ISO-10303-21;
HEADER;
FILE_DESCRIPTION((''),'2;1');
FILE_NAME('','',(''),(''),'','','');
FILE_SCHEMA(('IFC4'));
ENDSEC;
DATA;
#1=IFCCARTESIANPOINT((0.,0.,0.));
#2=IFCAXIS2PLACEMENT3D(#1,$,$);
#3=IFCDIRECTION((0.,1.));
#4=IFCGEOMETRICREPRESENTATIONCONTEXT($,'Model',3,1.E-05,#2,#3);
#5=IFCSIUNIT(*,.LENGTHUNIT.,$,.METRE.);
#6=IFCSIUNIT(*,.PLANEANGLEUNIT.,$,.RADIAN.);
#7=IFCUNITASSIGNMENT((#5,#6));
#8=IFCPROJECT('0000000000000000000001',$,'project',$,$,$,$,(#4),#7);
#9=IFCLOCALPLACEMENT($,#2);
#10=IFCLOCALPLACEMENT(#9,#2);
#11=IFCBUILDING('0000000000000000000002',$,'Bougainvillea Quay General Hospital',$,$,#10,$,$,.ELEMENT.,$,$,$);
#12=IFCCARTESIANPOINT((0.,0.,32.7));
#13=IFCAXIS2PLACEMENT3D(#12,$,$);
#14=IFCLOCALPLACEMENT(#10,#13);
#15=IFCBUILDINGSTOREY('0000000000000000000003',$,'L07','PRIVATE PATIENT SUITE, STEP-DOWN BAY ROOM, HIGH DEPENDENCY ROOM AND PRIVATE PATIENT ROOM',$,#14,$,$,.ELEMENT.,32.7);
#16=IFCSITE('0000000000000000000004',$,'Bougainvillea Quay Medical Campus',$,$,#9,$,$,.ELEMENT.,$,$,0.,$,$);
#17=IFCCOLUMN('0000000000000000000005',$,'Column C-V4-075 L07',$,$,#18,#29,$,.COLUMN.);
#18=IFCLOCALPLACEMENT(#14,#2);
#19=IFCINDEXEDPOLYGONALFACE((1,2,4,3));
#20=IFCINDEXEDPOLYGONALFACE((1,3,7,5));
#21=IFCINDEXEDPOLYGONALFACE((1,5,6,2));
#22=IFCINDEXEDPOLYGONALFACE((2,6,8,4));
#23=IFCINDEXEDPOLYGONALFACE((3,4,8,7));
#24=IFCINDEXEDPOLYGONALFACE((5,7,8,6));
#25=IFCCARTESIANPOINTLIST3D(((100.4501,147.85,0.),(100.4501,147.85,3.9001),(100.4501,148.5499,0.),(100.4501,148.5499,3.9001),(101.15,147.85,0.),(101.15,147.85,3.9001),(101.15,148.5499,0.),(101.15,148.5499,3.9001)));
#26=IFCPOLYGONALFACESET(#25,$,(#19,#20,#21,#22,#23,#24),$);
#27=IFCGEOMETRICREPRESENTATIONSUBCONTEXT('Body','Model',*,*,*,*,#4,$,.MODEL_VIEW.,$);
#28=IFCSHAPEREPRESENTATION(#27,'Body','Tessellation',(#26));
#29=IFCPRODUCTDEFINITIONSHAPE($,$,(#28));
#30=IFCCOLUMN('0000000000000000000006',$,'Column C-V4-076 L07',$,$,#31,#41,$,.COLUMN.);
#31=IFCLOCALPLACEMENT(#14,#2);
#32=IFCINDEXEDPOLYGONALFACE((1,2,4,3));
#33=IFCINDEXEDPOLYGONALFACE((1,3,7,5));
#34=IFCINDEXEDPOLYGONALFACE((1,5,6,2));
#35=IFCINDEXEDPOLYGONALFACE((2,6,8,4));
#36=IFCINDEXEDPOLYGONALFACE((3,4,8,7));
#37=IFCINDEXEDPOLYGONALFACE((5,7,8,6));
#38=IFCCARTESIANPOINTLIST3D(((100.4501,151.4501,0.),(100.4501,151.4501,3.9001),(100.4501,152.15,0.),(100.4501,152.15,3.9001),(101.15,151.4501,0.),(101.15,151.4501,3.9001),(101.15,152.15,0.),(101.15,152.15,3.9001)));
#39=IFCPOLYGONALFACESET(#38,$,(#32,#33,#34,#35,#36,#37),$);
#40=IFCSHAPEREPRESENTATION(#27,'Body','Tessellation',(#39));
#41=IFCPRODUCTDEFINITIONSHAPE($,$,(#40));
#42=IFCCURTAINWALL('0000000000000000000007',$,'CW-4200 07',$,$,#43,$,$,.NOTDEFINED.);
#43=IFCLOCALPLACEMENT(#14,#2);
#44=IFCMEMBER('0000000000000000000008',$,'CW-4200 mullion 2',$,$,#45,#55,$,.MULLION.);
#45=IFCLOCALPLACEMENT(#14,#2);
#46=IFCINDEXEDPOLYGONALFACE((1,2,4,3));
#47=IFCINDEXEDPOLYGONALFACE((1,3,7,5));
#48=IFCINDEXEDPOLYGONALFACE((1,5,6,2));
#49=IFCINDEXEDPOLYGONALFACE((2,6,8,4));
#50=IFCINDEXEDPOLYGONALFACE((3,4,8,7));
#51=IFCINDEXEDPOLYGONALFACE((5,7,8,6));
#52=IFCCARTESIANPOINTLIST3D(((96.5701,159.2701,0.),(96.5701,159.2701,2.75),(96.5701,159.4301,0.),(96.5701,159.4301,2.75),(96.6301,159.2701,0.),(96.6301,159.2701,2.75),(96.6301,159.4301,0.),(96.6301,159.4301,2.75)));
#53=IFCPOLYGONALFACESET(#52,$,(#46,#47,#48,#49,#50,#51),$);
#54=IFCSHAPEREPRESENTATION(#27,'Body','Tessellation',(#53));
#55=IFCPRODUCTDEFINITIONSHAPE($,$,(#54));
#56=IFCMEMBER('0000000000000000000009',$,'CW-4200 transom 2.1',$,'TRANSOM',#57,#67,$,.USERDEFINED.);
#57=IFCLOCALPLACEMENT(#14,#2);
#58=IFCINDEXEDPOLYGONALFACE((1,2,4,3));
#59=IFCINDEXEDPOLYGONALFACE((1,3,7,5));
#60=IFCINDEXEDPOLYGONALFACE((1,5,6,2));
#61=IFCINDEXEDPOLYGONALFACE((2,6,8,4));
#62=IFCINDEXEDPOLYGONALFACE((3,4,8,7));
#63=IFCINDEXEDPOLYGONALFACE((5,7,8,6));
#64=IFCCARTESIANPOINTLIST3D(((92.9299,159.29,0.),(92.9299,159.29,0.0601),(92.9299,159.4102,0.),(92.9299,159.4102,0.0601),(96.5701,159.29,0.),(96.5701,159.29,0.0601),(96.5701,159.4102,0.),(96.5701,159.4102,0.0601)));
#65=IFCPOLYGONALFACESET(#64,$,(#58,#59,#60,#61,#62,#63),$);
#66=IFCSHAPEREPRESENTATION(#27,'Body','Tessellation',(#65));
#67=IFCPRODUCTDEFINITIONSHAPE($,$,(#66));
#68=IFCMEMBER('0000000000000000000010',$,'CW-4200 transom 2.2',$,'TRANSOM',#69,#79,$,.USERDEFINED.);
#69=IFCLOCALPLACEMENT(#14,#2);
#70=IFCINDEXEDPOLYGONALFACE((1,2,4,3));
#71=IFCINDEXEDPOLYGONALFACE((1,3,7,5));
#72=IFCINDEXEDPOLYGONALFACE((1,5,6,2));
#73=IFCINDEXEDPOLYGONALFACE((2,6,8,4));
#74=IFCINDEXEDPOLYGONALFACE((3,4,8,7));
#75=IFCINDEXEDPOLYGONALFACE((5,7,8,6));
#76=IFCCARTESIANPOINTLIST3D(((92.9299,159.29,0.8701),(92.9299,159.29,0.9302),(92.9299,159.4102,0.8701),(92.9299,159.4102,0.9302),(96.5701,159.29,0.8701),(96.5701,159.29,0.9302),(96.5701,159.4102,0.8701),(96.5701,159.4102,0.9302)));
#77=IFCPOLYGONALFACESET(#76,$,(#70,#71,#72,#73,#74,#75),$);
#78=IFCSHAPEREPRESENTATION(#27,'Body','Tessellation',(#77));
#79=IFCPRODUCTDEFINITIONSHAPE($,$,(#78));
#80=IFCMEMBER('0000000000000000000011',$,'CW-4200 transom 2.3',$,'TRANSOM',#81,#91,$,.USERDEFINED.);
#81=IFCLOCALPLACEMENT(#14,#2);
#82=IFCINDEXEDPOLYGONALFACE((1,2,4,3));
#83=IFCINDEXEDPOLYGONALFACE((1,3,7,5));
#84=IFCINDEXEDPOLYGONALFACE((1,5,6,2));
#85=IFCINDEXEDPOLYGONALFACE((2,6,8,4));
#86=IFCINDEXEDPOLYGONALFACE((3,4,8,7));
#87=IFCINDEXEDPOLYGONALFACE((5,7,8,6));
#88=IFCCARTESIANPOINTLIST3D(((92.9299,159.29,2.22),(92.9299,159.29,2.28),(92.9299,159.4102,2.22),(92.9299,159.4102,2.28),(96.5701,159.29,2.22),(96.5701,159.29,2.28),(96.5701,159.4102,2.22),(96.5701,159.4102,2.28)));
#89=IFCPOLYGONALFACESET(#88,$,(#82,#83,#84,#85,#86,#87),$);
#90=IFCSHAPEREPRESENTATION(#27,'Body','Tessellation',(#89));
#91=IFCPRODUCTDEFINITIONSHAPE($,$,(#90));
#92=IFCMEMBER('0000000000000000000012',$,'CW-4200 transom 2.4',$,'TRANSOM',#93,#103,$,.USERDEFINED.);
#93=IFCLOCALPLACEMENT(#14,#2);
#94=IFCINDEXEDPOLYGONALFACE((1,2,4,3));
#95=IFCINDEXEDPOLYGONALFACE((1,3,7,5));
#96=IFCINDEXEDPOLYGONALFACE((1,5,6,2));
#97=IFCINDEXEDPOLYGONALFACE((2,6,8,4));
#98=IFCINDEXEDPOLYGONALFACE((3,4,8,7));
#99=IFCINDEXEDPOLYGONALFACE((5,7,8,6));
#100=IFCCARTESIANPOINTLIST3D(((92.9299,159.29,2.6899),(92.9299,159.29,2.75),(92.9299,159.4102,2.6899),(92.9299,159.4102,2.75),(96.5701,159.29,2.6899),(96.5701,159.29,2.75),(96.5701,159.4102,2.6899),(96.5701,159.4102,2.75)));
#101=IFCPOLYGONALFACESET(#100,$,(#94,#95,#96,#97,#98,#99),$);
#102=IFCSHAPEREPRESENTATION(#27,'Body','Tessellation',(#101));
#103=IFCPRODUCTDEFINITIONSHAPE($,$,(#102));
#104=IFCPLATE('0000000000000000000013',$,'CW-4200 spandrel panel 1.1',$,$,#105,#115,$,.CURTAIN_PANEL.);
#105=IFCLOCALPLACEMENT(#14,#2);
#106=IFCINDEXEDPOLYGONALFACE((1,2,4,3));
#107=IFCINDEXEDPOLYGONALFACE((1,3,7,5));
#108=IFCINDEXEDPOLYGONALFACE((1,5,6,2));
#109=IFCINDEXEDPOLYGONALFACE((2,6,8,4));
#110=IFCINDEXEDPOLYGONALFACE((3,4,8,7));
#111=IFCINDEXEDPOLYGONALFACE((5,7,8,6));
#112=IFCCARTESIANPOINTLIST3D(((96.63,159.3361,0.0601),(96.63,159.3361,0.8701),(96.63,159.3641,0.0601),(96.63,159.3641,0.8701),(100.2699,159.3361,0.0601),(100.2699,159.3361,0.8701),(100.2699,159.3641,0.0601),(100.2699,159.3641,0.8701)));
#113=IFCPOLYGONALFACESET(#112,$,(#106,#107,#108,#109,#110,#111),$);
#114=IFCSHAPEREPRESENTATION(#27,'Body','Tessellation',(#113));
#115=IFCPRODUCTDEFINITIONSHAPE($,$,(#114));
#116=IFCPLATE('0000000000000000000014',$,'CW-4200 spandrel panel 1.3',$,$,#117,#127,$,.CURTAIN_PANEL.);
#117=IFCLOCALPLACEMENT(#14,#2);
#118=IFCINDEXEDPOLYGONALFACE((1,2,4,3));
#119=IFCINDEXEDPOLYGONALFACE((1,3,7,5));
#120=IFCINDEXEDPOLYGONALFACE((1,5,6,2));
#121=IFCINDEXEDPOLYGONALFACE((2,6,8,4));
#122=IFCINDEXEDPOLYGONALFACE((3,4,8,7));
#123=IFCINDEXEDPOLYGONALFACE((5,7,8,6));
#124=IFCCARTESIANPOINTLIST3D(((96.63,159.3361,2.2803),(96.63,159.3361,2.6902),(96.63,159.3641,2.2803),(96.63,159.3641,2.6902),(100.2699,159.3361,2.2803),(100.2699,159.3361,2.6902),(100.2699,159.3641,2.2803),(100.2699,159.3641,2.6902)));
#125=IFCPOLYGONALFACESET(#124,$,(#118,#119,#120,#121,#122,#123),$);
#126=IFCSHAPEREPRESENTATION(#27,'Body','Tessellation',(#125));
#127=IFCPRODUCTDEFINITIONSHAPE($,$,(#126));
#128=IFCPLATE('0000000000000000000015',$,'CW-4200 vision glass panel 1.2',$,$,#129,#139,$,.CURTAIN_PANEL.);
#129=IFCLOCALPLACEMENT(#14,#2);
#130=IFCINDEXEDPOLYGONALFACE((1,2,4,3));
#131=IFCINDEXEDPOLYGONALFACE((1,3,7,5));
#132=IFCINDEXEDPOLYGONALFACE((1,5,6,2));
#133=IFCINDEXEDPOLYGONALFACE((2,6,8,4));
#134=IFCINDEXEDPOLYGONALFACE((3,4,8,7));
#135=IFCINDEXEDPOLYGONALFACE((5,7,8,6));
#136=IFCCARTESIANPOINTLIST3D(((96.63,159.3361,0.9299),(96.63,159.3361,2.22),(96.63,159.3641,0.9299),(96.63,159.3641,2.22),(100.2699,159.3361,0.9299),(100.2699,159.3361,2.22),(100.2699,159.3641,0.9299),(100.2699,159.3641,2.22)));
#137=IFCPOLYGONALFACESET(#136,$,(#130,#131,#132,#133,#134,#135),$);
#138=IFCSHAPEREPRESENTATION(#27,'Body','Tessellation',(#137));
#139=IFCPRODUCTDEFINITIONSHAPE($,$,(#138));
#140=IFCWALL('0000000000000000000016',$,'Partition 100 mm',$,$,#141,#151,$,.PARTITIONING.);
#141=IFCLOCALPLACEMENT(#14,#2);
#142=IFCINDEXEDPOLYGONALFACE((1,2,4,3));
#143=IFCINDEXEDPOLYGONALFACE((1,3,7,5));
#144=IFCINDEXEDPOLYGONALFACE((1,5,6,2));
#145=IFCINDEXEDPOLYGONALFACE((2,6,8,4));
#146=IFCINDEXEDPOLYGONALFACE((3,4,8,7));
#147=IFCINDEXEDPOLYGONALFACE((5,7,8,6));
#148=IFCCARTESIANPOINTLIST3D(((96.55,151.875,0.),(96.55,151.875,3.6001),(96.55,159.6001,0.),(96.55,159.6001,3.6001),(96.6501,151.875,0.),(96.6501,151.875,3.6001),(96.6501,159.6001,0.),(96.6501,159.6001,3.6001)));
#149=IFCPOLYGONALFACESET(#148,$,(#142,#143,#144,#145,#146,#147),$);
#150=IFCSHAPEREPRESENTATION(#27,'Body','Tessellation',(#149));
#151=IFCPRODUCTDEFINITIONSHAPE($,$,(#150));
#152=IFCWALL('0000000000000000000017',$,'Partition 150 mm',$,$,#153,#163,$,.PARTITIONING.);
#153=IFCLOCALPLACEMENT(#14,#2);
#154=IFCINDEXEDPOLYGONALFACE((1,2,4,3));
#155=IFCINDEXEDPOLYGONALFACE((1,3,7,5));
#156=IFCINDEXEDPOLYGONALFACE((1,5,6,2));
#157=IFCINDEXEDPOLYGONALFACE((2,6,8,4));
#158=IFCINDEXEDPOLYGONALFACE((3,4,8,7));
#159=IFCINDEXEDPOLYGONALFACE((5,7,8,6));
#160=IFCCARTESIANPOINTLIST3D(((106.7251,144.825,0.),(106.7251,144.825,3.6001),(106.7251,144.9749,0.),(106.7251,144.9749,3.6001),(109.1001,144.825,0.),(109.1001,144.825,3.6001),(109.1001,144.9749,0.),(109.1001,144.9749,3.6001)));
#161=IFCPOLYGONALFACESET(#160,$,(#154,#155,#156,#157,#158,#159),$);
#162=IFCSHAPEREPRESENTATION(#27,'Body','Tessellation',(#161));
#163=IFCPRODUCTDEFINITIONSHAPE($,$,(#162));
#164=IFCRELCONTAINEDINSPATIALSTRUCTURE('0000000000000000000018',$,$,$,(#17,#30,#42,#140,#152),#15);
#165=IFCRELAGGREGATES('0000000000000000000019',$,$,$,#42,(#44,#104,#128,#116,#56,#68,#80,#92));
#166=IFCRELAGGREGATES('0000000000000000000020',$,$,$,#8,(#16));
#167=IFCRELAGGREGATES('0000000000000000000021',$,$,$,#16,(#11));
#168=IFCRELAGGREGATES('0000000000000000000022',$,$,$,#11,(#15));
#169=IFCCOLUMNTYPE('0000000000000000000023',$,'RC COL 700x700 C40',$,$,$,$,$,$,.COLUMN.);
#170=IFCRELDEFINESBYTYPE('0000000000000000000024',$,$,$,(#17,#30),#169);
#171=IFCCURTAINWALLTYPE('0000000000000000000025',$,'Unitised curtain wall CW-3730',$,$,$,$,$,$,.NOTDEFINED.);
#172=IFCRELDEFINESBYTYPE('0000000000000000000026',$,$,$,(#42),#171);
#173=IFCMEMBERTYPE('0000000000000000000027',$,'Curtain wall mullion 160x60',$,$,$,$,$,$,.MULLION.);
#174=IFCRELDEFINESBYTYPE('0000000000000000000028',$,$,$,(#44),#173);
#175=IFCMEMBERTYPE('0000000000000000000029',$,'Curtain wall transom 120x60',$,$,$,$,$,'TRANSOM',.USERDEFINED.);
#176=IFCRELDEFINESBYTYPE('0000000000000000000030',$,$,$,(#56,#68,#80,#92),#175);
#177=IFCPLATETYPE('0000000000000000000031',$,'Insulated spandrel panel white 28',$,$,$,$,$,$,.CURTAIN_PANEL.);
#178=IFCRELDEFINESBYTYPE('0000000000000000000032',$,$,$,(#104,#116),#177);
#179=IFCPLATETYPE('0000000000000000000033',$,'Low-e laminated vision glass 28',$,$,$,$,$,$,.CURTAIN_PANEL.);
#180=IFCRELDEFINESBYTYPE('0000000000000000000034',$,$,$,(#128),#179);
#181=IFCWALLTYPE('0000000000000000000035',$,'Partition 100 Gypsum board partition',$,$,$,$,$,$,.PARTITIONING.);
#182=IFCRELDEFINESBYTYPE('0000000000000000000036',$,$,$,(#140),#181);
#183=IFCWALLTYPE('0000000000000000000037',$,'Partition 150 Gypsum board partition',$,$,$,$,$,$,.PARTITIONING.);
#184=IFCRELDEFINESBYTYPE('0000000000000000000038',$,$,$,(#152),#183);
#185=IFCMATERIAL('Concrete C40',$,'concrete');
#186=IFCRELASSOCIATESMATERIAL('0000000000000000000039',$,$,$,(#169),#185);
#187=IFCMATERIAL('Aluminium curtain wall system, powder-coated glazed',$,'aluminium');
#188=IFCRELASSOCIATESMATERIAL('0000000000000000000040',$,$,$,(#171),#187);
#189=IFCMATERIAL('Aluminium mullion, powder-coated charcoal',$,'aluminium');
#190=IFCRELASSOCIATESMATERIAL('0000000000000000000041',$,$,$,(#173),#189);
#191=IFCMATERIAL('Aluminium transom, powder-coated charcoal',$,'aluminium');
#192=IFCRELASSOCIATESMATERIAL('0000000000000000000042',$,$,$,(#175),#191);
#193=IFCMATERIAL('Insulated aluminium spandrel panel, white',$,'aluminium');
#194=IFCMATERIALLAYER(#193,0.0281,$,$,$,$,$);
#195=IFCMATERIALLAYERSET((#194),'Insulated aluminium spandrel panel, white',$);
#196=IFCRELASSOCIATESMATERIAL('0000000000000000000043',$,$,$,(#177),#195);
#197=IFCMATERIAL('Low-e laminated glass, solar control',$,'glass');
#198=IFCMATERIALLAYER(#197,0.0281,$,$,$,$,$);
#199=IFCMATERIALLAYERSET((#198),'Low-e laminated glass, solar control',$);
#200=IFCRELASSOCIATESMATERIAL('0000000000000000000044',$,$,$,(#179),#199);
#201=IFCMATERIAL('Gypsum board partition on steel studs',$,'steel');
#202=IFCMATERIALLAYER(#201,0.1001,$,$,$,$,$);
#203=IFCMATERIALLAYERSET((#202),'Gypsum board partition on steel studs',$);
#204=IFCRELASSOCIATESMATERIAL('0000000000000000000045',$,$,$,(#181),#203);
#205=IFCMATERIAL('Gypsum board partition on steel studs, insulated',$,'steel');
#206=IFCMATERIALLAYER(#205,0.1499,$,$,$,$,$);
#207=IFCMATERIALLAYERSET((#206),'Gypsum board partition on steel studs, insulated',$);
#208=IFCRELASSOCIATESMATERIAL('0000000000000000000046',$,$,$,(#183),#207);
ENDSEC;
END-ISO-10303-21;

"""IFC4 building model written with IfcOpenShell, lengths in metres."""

from ifc_helpers import new_model, si_unit, direction, frame, frame_2d, origin, origin_2d, place, context, subcontext, project, spatial, rectangle, extrude, material, layer, layer_set, material_profile, profile_set, type_object, element, aggregate, save


model = new_model("IFC4")

# Units and contexts
model_context = context("Model", 3, precision=1e-05, world=origin(), true_north=direction((0.0, 1.0)))
body_context = subcontext(model_context, "Body", "Model", "MODEL_VIEW")
ifc_project = project(units=[si_unit("LENGTHUNIT", "METRE"), si_unit("PLANEANGLEUNIT", "RADIAN")], contexts=[model_context])

# Site, building, storey
site_placement = place(None, origin())
site = spatial("IfcSite", under=ifc_project, at=site_placement, Name="Bougainvillea Quay Medical Campus", CompositionType="ELEMENT", RefElevation=0.0)
building_placement = place(site_placement, origin())
building = spatial("IfcBuilding", under=site, at=building_placement, Name="Bougainvillea Quay General Hospital", CompositionType="ELEMENT")
storey_placement = place(building_placement, frame((0.0, 0.0, 32.7)))
storey = spatial("IfcBuildingStorey", under=building, at=storey_placement, Name="L07", Description="PRIVATE PATIENT SUITE, STEP-DOWN BAY ROOM, HIGH DEPENDENCY ROOM AND PRIVATE PATIENT ROOM", CompositionType="ELEMENT", Elevation=32.7)

# Columns
ifc_material_1 = material(Name="Concrete C40", Category="concrete")
ifc_material_profile_1 = material_profile(ifc_material_1, rectangle(XDim=0.7, YDim=0.7, at=origin_2d()))
ifc_profile_set_1 = profile_set([ifc_material_profile_1], Name="Concrete C40")
column_type = type_object("IfcColumnType", Name="RC COL 700x700 C40", PredefinedType="COLUMN", material=ifc_profile_set_1)
for number, where, z_axis, x_axis, name in (
    (1, (100.8, 148.2, 0.0), (0.0, 0.0, 1.0), (1.0, 0.0, 0.0), "Column C-V4-075 L07"),
    (2, (100.8, 151.8, 0.0), (0.0, 0.0, 1.0), (1.0, 0.0, 0.0), "Column C-V4-076 L07"),
):
    element("IfcColumn", number, at=place(storey_placement, frame(where, z_axis=z_axis, x_axis=x_axis)), inside=storey, type_object=column_type, Name=name, PredefinedType="COLUMN", context=body_context, shape_type="SweptSolid", body=[
        extrude(rectangle(XDim=0.7, YDim=0.7, at=origin_2d()), origin(), (0.0, 0.0, 1.0), 3.9001),
    ])

# Curtain wall, members, plates
ifc_material_2 = material(Name="Aluminium curtain wall system, powder-coated glazed", Category="aluminium")
curtain_wall_type = type_object("IfcCurtainWallType", Name="Unitised curtain wall CW-3730", PredefinedType="NOTDEFINED", material=ifc_material_2)
curtain_wall_placement = place(storey_placement, origin())
curtain_wall = element("IfcCurtainWall", 3, at=curtain_wall_placement, inside=storey, type_object=curtain_wall_type, Name="CW-4200 07", PredefinedType="NOTDEFINED")
ifc_material_3 = material(Name="Aluminium mullion, powder-coated charcoal", Category="aluminium")
ifc_material_profile_2 = material_profile(ifc_material_3, rectangle(XDim=0.1599, YDim=0.0601, at=origin_2d()))
ifc_profile_set_2 = profile_set([ifc_material_profile_2], Name="Aluminium mullion, powder-coated charcoal")
member_type_1 = type_object("IfcMemberType", Name="Curtain wall mullion 160x60", PredefinedType="MULLION", material=ifc_profile_set_2)
member_1_placement = place(storey_placement, frame((96.6001, 159.3501, 0.0), z_axis=(0.0, 0.0, 1.0), x_axis=(0.0, -1.0, 0.0)))
member_1 = element("IfcMember", 4, at=member_1_placement, type_object=member_type_1, Name="CW-4200 mullion 2", PredefinedType="MULLION", context=body_context, shape_type="SweptSolid", body=[
    extrude(rectangle(XDim=0.1599, YDim=0.0601, at=origin_2d()), origin(), (0.0, 0.0, 1.0), 2.75),
])
ifc_material_4 = material(Name="Aluminium transom, powder-coated charcoal", Category="aluminium")
ifc_material_profile_3 = material_profile(ifc_material_4, rectangle(XDim=0.1201, YDim=0.0601, at=origin_2d()))
ifc_profile_set_3 = profile_set([ifc_material_profile_3], Name="Aluminium transom, powder-coated charcoal")
member_type_2 = type_object("IfcMemberType", Name="Curtain wall transom 120x60", ElementType="TRANSOM", PredefinedType="USERDEFINED", material=ifc_profile_set_3)
member_2_placement = place(storey_placement, frame((96.5701, 159.3501, 0.03), z_axis=(-1.0, 0.0, 0.0), x_axis=(0.0, -1.0, 0.0)))
member_2 = element("IfcMember", 5, at=member_2_placement, type_object=member_type_2, Name="CW-4200 transom 2.1", ObjectType="TRANSOM", PredefinedType="USERDEFINED", context=body_context, shape_type="SweptSolid", body=[
    extrude(rectangle(XDim=0.1201, YDim=0.0601, at=origin_2d()), origin(), (0.0, 0.0, 1.0), 3.6401),
])
member_3_placement = place(storey_placement, frame((96.5701, 159.3501, 0.9001), z_axis=(-1.0, 0.0, 0.0), x_axis=(0.0, -1.0, 0.0)))
member_3 = element("IfcMember", 6, at=member_3_placement, type_object=member_type_2, Name="CW-4200 transom 2.2", ObjectType="TRANSOM", PredefinedType="USERDEFINED", context=body_context, shape_type="SweptSolid", body=[
    extrude(rectangle(XDim=0.1201, YDim=0.0601, at=origin_2d()), origin(), (0.0, 0.0, 1.0), 3.6401),
])
member_4_placement = place(storey_placement, frame((96.5701, 159.3501, 2.25), z_axis=(-1.0, 0.0, 0.0), x_axis=(0.0, -1.0, 0.0)))
member_4 = element("IfcMember", 7, at=member_4_placement, type_object=member_type_2, Name="CW-4200 transom 2.3", ObjectType="TRANSOM", PredefinedType="USERDEFINED", context=body_context, shape_type="SweptSolid", body=[
    extrude(rectangle(XDim=0.1201, YDim=0.0601, at=origin_2d()), origin(), (0.0, 0.0, 1.0), 3.6401),
])
member_5_placement = place(storey_placement, frame((96.5701, 159.3501, 2.72), z_axis=(-1.0, 0.0, 0.0), x_axis=(0.0, -1.0, 0.0)))
member_5 = element("IfcMember", 8, at=member_5_placement, type_object=member_type_2, Name="CW-4200 transom 2.4", ObjectType="TRANSOM", PredefinedType="USERDEFINED", context=body_context, shape_type="SweptSolid", body=[
    extrude(rectangle(XDim=0.1201, YDim=0.0601, at=origin_2d()), origin(), (0.0, 0.0, 1.0), 3.6401),
])
ifc_material_5 = material(Name="Insulated aluminium spandrel panel, white", Category="aluminium")
ifc_layer_1 = layer(ifc_material_5, 0.0281)
ifc_layer_set_1 = layer_set([ifc_layer_1], Name="Insulated aluminium spandrel panel, white")
plate_type_1 = type_object("IfcPlateType", Name="Insulated spandrel panel white 28", PredefinedType="CURTAIN_PANEL", material=ifc_layer_set_1)
plate_1_placement = place(storey_placement, frame((98.45, 159.3501, 0.0601), z_axis=(0.0, 0.0, 1.0), x_axis=(-1.0, 0.0, 0.0)))
plate_1 = element("IfcPlate", 9, at=plate_1_placement, type_object=plate_type_1, Name="CW-4200 spandrel panel 1.1", PredefinedType="CURTAIN_PANEL", context=body_context, shape_type="SweptSolid", body=[
    extrude(rectangle(XDim=3.6399, YDim=0.0281, at=origin_2d()), origin(), (0.0, 0.0, 1.0), 0.8101),
])
plate_2_placement = place(storey_placement, frame((98.45, 159.3501, 2.2803), z_axis=(0.0, 0.0, 1.0), x_axis=(-1.0, 0.0, 0.0)))
plate_2 = element("IfcPlate", 10, at=plate_2_placement, type_object=plate_type_1, Name="CW-4200 spandrel panel 1.3", PredefinedType="CURTAIN_PANEL", context=body_context, shape_type="SweptSolid", body=[
    extrude(rectangle(XDim=3.6399, YDim=0.0281, at=origin_2d()), origin(), (0.0, 0.0, 1.0), 0.4099),
])
ifc_material_6 = material(Name="Low-e laminated glass, solar control", Category="glass")
ifc_layer_2 = layer(ifc_material_6, 0.0281)
ifc_layer_set_2 = layer_set([ifc_layer_2], Name="Low-e laminated glass, solar control")
plate_type_2 = type_object("IfcPlateType", Name="Low-e laminated vision glass 28", PredefinedType="CURTAIN_PANEL", material=ifc_layer_set_2)
plate_3_placement = place(storey_placement, frame((98.45, 159.3501, 0.9299), z_axis=(0.0, 0.0, 1.0), x_axis=(-1.0, 0.0, 0.0)))
plate_3 = element("IfcPlate", 11, at=plate_3_placement, type_object=plate_type_2, Name="CW-4200 vision glass panel 1.2", PredefinedType="CURTAIN_PANEL", context=body_context, shape_type="SweptSolid", body=[
    extrude(rectangle(XDim=3.6399, YDim=0.0281, at=origin_2d()), origin(), (0.0, 0.0, 1.0), 1.29),
])
aggregate(curtain_wall, [member_1, plate_1, plate_3, plate_2, member_2, member_3, member_4, member_5])

# Walls
ifc_material_7 = material(Name="Gypsum board partition on steel studs", Category="steel")
ifc_layer_3 = layer(ifc_material_7, 0.1001)
ifc_layer_set_3 = layer_set([ifc_layer_3], Name="Gypsum board partition on steel studs")
wall_type_1 = type_object("IfcWallType", Name="Partition 100 Gypsum board partition", PredefinedType="PARTITIONING", material=ifc_layer_set_3)
wall_1_placement = place(storey_placement, frame((96.6001, 151.875, 0.0), z_axis=(0.0, 0.0, 1.0), x_axis=(0.0, 1.0, 0.0)))
element("IfcWall", 12, at=wall_1_placement, inside=storey, type_object=wall_type_1, Name="Partition 100 mm", PredefinedType="PARTITIONING", context=body_context, shape_type="SweptSolid", body=[
    extrude(rectangle(XDim=7.7251, YDim=0.1001, at=frame_2d((3.8625, 0.0))), origin(), (0.0, 0.0, 1.0), 3.6001),
])
ifc_material_8 = material(Name="Gypsum board partition on steel studs, insulated", Category="steel")
ifc_layer_4 = layer(ifc_material_8, 0.1499)
ifc_layer_set_4 = layer_set([ifc_layer_4], Name="Gypsum board partition on steel studs, insulated")
wall_type_2 = type_object("IfcWallType", Name="Partition 150 Gypsum board partition", PredefinedType="PARTITIONING", material=ifc_layer_set_4)
wall_2_placement = place(storey_placement, frame((106.7251, 144.8999, 0.0), z_axis=(0.0, 0.0, 1.0), x_axis=(1.0, 0.0, 0.0)))
element("IfcWall", 13, at=wall_2_placement, inside=storey, type_object=wall_type_2, Name="Partition 150 mm", PredefinedType="PARTITIONING", context=body_context, shape_type="SweptSolid", body=[
    extrude(rectangle(XDim=2.375, YDim=0.1499, at=frame_2d((1.1875, 0.0))), origin(), (0.0, 0.0, 1.0), 3.6001),
])

save(model, "model.ifc")
